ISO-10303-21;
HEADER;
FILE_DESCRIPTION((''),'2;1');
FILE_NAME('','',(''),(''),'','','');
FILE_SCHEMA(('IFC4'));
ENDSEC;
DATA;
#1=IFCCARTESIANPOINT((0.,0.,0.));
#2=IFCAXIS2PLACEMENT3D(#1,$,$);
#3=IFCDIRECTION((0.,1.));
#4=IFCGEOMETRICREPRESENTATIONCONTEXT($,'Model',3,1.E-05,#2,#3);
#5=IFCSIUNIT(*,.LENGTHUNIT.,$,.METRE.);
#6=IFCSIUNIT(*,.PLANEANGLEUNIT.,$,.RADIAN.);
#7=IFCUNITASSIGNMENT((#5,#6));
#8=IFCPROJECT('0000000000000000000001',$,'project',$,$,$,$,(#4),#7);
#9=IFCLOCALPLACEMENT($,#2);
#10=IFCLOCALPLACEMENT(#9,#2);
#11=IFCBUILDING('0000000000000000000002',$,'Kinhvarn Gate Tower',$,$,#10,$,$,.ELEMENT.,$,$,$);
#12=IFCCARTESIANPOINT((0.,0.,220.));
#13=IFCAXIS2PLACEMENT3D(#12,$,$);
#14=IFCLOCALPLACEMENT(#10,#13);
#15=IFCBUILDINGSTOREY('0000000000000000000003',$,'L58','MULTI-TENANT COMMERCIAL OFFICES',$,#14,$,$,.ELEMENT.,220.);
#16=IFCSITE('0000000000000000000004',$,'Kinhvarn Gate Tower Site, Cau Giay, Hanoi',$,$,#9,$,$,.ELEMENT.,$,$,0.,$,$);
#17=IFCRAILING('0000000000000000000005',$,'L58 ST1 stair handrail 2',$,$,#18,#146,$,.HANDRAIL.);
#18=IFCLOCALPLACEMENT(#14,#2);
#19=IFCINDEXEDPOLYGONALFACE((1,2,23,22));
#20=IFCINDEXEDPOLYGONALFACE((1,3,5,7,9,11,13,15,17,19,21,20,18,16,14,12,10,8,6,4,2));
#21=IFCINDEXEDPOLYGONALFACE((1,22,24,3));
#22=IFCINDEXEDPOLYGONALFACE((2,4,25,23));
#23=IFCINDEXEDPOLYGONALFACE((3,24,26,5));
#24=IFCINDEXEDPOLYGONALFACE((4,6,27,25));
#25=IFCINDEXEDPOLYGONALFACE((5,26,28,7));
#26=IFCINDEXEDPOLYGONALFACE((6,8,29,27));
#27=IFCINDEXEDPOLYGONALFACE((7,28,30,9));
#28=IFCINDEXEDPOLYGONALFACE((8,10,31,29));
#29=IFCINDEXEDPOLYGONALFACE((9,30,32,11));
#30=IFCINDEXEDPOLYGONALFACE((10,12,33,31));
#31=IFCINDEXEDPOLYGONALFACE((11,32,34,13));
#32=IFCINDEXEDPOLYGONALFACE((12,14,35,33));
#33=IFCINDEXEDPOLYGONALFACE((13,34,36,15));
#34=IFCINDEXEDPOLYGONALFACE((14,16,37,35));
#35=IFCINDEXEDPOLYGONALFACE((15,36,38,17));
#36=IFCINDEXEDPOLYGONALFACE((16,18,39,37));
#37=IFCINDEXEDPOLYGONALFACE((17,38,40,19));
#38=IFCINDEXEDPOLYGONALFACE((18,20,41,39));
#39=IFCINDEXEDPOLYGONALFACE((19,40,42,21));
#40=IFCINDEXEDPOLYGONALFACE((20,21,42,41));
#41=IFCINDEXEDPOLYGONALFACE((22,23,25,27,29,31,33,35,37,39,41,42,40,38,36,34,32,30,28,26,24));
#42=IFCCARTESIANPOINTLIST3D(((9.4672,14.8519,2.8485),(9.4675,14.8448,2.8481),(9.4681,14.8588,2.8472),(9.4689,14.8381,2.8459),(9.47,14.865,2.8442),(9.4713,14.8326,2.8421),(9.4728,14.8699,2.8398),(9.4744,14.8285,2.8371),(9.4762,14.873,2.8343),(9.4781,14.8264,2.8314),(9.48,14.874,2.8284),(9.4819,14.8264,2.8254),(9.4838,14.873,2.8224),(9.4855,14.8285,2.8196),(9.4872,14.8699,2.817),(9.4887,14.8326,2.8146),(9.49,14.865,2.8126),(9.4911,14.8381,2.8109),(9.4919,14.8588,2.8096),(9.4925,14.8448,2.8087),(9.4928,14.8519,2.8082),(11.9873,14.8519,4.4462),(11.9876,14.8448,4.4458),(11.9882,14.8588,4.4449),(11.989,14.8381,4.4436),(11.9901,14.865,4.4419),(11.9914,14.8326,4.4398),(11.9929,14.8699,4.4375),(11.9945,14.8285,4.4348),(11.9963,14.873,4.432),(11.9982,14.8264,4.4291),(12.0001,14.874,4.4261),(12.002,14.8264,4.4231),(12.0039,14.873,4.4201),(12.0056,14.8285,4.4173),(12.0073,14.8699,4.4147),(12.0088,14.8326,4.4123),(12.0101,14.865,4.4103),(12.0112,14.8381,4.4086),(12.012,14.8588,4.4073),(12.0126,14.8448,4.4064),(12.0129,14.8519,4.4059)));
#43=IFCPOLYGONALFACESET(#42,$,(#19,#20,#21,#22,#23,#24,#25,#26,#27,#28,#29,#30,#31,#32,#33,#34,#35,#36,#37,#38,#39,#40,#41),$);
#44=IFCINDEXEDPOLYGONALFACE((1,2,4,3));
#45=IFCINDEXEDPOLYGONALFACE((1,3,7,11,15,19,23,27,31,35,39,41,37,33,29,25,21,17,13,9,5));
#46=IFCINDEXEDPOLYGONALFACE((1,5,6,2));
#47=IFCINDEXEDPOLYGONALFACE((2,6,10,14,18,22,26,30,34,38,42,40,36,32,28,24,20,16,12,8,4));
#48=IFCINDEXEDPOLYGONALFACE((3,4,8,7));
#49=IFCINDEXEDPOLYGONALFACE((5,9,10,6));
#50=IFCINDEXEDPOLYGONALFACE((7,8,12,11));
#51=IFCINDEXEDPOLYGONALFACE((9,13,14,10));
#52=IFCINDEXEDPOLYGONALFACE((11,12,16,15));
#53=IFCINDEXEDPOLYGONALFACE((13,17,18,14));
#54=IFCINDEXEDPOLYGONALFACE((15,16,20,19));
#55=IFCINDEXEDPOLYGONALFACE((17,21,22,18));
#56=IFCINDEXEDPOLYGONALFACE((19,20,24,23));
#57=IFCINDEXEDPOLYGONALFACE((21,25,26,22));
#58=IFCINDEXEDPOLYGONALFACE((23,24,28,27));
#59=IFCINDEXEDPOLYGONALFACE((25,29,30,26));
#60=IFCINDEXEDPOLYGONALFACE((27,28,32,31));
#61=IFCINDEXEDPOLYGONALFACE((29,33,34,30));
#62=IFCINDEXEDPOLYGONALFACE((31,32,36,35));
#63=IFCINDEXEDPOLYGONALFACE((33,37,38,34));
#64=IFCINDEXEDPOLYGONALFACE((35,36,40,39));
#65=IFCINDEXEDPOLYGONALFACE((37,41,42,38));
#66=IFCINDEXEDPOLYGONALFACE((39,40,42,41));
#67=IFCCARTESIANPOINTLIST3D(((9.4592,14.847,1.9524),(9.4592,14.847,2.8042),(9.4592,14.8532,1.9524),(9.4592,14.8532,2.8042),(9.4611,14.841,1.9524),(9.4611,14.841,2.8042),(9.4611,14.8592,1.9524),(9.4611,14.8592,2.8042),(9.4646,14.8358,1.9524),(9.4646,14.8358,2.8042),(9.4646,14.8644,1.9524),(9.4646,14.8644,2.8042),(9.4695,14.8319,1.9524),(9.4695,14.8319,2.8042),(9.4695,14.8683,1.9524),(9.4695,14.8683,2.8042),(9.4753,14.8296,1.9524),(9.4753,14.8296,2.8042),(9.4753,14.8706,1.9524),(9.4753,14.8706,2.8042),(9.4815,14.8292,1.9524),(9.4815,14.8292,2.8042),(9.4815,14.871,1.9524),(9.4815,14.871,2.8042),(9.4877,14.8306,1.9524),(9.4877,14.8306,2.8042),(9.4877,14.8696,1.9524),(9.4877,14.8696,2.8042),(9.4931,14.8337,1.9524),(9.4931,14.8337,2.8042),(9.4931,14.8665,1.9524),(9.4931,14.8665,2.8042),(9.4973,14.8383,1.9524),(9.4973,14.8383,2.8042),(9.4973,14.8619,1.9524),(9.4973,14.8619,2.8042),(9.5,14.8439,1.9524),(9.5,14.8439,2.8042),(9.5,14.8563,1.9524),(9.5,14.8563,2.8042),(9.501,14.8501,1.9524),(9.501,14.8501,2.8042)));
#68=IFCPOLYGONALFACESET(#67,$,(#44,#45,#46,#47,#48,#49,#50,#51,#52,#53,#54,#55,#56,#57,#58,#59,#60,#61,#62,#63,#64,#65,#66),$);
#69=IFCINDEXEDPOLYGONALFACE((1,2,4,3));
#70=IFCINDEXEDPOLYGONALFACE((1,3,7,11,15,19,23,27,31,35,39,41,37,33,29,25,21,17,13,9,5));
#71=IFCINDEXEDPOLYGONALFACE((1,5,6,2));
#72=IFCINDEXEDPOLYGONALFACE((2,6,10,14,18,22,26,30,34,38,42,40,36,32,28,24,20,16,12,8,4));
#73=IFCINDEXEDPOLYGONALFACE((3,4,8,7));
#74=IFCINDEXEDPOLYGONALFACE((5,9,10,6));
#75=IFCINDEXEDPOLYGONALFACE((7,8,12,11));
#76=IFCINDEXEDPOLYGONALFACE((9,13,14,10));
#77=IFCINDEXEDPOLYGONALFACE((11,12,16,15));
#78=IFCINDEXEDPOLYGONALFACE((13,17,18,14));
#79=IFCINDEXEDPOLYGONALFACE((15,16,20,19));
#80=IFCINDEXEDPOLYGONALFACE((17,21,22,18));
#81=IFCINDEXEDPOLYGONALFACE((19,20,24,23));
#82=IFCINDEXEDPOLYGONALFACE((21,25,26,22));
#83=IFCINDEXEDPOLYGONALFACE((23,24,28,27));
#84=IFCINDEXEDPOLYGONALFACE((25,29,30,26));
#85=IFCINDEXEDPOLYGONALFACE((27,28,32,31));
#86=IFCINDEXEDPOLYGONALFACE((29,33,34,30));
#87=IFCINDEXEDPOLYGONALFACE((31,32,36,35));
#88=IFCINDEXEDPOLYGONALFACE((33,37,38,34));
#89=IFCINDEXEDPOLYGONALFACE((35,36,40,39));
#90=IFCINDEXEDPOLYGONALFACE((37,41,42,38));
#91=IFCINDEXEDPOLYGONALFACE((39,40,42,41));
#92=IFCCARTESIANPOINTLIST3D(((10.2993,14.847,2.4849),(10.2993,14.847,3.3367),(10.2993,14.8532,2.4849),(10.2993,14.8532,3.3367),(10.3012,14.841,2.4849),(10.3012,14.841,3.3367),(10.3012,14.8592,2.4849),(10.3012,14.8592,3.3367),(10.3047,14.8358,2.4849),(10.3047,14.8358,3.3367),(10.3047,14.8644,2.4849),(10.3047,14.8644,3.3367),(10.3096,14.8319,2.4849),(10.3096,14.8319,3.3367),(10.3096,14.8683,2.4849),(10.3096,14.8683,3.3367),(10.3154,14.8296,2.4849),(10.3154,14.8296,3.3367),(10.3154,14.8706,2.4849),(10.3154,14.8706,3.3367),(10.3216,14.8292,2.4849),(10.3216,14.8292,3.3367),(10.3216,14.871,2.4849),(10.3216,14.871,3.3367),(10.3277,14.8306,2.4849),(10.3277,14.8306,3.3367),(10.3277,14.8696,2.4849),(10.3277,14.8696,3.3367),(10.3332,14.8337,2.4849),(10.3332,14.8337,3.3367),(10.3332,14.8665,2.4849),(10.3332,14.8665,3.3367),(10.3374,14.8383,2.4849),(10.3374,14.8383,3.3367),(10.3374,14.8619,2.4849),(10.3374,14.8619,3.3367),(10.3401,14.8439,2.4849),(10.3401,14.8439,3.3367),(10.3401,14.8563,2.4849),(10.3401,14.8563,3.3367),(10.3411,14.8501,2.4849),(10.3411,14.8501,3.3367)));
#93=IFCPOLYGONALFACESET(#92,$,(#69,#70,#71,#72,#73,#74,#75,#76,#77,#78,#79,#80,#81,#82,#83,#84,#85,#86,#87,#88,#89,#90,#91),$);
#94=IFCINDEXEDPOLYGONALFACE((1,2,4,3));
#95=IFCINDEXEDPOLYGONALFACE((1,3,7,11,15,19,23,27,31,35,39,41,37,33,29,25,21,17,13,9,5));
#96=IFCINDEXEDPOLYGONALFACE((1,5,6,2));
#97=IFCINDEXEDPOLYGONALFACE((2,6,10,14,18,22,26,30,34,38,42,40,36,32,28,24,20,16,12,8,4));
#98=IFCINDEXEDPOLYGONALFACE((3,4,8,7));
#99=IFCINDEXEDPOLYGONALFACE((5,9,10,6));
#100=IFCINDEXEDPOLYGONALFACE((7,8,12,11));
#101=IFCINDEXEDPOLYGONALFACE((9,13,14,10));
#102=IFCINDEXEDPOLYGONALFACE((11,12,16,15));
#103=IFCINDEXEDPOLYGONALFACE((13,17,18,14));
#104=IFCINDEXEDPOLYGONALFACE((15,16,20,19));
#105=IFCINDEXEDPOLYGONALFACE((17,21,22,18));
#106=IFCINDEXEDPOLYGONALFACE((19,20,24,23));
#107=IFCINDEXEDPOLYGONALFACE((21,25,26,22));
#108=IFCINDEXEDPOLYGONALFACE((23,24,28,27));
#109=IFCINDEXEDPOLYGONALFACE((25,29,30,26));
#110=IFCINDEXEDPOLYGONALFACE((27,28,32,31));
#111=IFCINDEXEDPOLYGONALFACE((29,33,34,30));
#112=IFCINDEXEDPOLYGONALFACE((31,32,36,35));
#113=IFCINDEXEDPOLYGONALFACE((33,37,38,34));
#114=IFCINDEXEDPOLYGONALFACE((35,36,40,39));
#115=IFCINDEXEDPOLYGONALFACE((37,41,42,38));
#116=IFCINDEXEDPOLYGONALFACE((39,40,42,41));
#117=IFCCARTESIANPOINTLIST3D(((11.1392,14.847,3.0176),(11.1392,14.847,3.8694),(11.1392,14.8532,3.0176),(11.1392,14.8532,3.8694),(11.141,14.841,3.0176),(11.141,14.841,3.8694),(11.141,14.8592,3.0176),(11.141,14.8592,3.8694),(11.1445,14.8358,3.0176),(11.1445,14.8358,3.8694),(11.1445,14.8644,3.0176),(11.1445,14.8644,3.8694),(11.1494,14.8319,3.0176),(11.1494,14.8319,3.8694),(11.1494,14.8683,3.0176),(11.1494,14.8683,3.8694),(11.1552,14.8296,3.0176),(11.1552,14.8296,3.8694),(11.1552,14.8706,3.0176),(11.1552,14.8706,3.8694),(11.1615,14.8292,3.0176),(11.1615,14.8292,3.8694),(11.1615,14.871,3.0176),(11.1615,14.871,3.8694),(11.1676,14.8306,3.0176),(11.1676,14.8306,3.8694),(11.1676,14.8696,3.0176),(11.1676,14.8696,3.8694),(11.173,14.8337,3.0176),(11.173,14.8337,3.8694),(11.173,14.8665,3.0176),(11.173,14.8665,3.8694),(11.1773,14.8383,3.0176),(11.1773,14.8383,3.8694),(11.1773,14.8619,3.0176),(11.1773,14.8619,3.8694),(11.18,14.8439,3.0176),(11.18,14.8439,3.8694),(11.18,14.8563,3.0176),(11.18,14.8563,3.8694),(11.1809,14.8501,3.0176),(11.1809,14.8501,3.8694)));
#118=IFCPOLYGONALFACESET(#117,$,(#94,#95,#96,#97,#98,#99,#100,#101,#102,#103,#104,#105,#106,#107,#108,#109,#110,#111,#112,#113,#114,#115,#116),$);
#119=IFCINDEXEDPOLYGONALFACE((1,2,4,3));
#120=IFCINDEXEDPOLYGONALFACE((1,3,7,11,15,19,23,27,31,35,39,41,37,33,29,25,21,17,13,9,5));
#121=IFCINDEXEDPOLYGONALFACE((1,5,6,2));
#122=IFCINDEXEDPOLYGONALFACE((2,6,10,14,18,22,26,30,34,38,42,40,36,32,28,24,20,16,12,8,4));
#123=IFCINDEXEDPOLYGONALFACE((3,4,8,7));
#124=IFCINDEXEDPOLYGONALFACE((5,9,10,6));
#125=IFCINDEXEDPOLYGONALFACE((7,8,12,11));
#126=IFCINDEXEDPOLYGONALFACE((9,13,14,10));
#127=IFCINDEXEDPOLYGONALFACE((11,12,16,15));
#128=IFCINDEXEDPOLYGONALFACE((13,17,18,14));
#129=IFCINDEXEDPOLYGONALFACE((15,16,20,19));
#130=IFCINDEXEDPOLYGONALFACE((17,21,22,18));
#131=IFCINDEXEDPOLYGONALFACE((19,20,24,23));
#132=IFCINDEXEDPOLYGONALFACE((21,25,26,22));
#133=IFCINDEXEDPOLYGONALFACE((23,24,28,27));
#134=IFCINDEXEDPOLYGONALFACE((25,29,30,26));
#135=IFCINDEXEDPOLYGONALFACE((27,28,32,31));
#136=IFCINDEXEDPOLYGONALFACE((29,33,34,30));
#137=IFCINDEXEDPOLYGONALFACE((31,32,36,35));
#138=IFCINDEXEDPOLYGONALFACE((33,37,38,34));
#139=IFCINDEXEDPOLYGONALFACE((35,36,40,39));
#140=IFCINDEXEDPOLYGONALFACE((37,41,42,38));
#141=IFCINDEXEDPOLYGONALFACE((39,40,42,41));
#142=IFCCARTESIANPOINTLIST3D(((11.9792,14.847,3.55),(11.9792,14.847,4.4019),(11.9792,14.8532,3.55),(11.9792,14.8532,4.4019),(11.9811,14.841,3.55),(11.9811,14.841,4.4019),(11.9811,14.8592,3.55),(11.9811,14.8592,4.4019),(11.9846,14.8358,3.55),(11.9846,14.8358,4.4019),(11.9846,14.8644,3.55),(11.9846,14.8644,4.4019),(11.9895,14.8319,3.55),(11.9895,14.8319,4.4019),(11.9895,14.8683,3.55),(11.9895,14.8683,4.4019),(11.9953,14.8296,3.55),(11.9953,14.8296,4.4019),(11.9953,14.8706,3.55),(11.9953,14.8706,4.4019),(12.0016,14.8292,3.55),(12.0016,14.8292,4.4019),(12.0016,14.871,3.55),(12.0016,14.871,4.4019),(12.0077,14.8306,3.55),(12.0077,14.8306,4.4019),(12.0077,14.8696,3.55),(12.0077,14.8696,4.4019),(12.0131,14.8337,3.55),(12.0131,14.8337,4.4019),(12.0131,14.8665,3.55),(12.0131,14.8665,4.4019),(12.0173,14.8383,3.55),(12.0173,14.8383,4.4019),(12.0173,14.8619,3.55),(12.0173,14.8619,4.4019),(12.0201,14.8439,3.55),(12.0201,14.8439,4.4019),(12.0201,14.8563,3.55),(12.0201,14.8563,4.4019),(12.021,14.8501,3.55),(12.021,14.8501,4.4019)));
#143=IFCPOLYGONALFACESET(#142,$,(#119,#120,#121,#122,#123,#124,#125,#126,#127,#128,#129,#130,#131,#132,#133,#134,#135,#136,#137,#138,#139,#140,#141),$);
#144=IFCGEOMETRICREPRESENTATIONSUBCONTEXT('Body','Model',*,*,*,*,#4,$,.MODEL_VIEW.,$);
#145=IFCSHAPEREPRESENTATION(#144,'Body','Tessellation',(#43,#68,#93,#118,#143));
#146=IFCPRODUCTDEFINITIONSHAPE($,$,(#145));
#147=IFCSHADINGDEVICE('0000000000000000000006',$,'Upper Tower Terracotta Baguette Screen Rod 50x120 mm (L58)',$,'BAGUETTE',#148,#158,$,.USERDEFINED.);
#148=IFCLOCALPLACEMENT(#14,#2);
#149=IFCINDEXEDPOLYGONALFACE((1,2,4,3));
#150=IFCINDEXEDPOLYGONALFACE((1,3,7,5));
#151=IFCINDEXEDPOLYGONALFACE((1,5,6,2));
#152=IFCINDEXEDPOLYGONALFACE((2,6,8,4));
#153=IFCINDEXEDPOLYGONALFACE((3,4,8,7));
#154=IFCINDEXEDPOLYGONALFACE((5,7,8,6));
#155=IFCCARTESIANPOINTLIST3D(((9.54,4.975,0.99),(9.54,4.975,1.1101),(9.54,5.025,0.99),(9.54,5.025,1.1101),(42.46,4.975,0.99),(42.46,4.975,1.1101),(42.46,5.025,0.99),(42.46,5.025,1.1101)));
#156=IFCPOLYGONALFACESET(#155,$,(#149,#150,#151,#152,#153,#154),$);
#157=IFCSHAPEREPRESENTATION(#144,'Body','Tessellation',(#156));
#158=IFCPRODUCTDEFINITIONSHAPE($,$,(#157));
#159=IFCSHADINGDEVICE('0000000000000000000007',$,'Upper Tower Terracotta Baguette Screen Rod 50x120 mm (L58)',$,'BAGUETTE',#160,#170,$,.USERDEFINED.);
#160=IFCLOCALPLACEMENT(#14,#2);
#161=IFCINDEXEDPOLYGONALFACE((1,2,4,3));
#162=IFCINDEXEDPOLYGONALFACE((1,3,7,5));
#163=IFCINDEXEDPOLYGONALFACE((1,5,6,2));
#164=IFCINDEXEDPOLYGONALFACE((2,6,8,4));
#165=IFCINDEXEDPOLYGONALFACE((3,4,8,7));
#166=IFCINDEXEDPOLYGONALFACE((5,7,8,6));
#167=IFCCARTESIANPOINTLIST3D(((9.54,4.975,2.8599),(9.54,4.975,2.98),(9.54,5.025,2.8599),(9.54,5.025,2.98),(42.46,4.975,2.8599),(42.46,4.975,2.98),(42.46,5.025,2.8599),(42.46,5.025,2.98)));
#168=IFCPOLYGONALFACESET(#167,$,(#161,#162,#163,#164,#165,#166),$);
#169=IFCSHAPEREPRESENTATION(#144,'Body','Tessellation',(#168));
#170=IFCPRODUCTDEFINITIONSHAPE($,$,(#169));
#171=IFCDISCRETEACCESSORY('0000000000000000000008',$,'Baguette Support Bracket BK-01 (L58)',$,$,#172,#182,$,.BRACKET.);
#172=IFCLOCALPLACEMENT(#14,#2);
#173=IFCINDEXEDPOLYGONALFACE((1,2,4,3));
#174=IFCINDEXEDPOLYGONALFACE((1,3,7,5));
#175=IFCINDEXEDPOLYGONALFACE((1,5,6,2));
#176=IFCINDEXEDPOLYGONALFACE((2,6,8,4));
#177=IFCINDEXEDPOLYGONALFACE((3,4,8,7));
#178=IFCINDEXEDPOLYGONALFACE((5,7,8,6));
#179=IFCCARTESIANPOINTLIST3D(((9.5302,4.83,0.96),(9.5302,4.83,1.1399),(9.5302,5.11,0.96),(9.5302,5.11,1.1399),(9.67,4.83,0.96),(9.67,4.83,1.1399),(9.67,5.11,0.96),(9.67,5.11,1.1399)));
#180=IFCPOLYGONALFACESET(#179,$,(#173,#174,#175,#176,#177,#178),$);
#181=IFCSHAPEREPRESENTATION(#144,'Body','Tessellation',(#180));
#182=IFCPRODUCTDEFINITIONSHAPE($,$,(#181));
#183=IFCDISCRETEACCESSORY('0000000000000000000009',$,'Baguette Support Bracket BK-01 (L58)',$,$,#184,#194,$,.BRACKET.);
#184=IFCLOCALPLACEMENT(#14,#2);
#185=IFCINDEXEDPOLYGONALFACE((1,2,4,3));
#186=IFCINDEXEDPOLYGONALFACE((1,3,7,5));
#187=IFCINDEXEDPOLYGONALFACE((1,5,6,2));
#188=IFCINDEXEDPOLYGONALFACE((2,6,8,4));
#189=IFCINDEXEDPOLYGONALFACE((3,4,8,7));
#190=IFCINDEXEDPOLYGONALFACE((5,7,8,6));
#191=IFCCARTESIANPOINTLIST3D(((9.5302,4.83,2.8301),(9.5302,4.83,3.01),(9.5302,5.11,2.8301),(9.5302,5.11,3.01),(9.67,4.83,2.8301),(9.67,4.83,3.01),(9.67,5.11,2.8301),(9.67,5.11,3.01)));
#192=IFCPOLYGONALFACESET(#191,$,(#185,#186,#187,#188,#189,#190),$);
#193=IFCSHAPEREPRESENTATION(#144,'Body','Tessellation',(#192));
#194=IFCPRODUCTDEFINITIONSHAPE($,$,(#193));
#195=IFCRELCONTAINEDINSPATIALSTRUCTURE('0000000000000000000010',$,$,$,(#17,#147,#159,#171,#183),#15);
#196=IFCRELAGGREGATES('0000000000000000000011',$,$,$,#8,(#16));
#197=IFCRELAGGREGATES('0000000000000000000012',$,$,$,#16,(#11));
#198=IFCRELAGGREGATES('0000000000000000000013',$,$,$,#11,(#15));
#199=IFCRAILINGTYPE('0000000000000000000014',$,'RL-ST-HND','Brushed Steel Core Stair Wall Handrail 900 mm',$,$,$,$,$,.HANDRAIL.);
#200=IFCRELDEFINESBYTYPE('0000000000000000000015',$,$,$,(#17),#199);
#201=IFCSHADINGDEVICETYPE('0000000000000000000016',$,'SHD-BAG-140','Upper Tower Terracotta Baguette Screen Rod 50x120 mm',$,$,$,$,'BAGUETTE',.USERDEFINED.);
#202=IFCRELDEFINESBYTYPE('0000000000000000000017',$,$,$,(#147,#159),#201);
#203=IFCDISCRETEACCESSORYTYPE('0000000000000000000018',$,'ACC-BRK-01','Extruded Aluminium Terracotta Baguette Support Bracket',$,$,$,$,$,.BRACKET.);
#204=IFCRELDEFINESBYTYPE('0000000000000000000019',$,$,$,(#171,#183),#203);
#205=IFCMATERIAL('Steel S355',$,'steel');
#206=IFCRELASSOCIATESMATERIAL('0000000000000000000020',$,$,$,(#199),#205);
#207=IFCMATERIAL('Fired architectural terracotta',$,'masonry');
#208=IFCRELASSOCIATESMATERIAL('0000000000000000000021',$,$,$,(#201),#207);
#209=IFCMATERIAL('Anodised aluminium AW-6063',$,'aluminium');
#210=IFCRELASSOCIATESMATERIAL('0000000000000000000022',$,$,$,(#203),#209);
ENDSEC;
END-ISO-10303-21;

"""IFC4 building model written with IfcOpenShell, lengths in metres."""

from ifc_helpers import new_model, si_unit, direction, frame, origin, origin_2d, place, context, subcontext, project, spatial, rectangle, circle, extrude, material, material_profile, profile_set, type_object, element, save


model = new_model("IFC4")

# Units and contexts
model_context = context("Model", 3, precision=1e-05, world=origin(), true_north=direction((0.0, 1.0)))
body_context = subcontext(model_context, "Body", "Model", "MODEL_VIEW")
ifc_project = project(units=[si_unit("LENGTHUNIT", "METRE"), si_unit("PLANEANGLEUNIT", "RADIAN")], contexts=[model_context])

# Site, building, storey
site_placement = place(None, origin())
site = spatial("IfcSite", under=ifc_project, at=site_placement, Name="Kinhvarn Gate Tower Site, Cau Giay, Hanoi", CompositionType="ELEMENT", RefElevation=0.0)
building_placement = place(site_placement, origin())
building = spatial("IfcBuilding", under=site, at=building_placement, Name="Kinhvarn Gate Tower", CompositionType="ELEMENT")
storey_placement = place(building_placement, frame((0.0, 0.0, 220.0)))
storey = spatial("IfcBuildingStorey", under=building, at=storey_placement, Name="L58", Description="MULTI-TENANT COMMERCIAL OFFICES", CompositionType="ELEMENT", Elevation=220.0)

# Shared definitions
ifc_material_1 = material(Name="Anodised aluminium AW-6063", Category="aluminium")

# Shared definitions
ifc_material_2 = material(Name="Steel S355", Category="steel")

# Shared definitions
ifc_material_3 = material(Name="Fired architectural terracotta", Category="masonry")

# Railing
railing_type_1 = type_object("IfcRailingType", Name="RL-ST-HND", Description="Brushed Steel Core Stair Wall Handrail 900 mm", PredefinedType="HANDRAIL", material=ifc_material_2)
railing_1_placement = place(storey_placement, frame((9.48, 14.8501, 1.9524)))
element("IfcRailing", 1, at=railing_1_placement, inside=storey, type_object=railing_type_1, Name="L58 ST1 stair handrail 2", PredefinedType="HANDRAIL", context=body_context, shape_type="SweptSolid", body=[
    extrude(circle(Radius=0.0239, at=origin_2d()), frame((0.0, 0.0, 0.876), z_axis=(0.84457, 0.0, 0.535445), x_axis=(0.0, 1.0, 0.0)), (0.0, 0.0, 1.0), 2.9839),
    extrude(circle(Radius=0.021, at=origin_2d()), origin(), (0.0, 0.0, 1.0), 0.8518),
    extrude(circle(Radius=0.021, at=origin_2d()), frame((0.8401, 0.0, 0.5325)), (0.0, 0.0, 1.0), 0.8518),
    extrude(circle(Radius=0.021, at=origin_2d()), frame((1.6799, 0.0, 1.0652)), (0.0, 0.0, 1.0), 0.8518),
    extrude(circle(Radius=0.021, at=origin_2d()), frame((2.52, 0.0, 1.5977)), (0.0, 0.0, 1.0), 0.8518),
])

# Shading devices
ifc_material_profile_1 = material_profile(ifc_material_3, rectangle(XDim=0.05, YDim=0.1201, at=origin_2d()), Name="TC 50x120")
ifc_profile_set_1 = profile_set([ifc_material_profile_1], Name="Fired architectural terracotta")
shading_device_type = type_object("IfcShadingDeviceType", Name="SHD-BAG-140", Description="Upper Tower Terracotta Baguette Screen Rod 50x120 mm", ElementType="BAGUETTE", PredefinedType="USERDEFINED", material=ifc_profile_set_1)
for number, where, z_axis, x_axis, name in (
    (2, (9.54, 5.0, 1.05), (1.0, 0.0, 0.0), (0.0, 1.0, 0.0), "Upper Tower Terracotta Baguette Screen Rod 50x120 mm (L58)"),
    (3, (9.54, 5.0, 2.9199), (1.0, 0.0, 0.0), (0.0, 1.0, 0.0), "Upper Tower Terracotta Baguette Screen Rod 50x120 mm (L58)"),
):
    element("IfcShadingDevice", number, at=place(storey_placement, frame(where, z_axis=z_axis, x_axis=x_axis)), inside=storey, type_object=shading_device_type, Name=name, ObjectType="BAGUETTE", PredefinedType="USERDEFINED", context=body_context, shape_type="SweptSolid", body=[
        extrude(rectangle(XDim=0.05, YDim=0.1201, at=origin_2d()), origin(), (0.0, 0.0, 1.0), 32.9199),
    ])

# Discrete accessories
discrete_accessory_type = type_object("IfcDiscreteAccessoryType", Name="ACC-BRK-01", Description="Extruded Aluminium Terracotta Baguette Support Bracket", PredefinedType="BRACKET", material=ifc_material_1)
for number, where, z_axis, x_axis, name in (
    (4, (9.6001, 4.97, 0.96), (0.0, 0.0, 1.0), (1.0, 0.0, 0.0), "Baguette Support Bracket BK-01 (L58)"),
    (5, (9.6001, 4.97, 2.8301), (0.0, 0.0, 1.0), (1.0, 0.0, 0.0), "Baguette Support Bracket BK-01 (L58)"),
):
    element("IfcDiscreteAccessory", number, at=place(storey_placement, frame(where, z_axis=z_axis, x_axis=x_axis)), inside=storey, type_object=discrete_accessory_type, Name=name, PredefinedType="BRACKET", context=body_context, shape_type="SweptSolid", body=[
        extrude(rectangle(XDim=0.1399, YDim=0.28, at=origin_2d()), origin(), (0.0, 0.0, 1.0), 0.1799),
    ])

save(model, "model.ifc")
